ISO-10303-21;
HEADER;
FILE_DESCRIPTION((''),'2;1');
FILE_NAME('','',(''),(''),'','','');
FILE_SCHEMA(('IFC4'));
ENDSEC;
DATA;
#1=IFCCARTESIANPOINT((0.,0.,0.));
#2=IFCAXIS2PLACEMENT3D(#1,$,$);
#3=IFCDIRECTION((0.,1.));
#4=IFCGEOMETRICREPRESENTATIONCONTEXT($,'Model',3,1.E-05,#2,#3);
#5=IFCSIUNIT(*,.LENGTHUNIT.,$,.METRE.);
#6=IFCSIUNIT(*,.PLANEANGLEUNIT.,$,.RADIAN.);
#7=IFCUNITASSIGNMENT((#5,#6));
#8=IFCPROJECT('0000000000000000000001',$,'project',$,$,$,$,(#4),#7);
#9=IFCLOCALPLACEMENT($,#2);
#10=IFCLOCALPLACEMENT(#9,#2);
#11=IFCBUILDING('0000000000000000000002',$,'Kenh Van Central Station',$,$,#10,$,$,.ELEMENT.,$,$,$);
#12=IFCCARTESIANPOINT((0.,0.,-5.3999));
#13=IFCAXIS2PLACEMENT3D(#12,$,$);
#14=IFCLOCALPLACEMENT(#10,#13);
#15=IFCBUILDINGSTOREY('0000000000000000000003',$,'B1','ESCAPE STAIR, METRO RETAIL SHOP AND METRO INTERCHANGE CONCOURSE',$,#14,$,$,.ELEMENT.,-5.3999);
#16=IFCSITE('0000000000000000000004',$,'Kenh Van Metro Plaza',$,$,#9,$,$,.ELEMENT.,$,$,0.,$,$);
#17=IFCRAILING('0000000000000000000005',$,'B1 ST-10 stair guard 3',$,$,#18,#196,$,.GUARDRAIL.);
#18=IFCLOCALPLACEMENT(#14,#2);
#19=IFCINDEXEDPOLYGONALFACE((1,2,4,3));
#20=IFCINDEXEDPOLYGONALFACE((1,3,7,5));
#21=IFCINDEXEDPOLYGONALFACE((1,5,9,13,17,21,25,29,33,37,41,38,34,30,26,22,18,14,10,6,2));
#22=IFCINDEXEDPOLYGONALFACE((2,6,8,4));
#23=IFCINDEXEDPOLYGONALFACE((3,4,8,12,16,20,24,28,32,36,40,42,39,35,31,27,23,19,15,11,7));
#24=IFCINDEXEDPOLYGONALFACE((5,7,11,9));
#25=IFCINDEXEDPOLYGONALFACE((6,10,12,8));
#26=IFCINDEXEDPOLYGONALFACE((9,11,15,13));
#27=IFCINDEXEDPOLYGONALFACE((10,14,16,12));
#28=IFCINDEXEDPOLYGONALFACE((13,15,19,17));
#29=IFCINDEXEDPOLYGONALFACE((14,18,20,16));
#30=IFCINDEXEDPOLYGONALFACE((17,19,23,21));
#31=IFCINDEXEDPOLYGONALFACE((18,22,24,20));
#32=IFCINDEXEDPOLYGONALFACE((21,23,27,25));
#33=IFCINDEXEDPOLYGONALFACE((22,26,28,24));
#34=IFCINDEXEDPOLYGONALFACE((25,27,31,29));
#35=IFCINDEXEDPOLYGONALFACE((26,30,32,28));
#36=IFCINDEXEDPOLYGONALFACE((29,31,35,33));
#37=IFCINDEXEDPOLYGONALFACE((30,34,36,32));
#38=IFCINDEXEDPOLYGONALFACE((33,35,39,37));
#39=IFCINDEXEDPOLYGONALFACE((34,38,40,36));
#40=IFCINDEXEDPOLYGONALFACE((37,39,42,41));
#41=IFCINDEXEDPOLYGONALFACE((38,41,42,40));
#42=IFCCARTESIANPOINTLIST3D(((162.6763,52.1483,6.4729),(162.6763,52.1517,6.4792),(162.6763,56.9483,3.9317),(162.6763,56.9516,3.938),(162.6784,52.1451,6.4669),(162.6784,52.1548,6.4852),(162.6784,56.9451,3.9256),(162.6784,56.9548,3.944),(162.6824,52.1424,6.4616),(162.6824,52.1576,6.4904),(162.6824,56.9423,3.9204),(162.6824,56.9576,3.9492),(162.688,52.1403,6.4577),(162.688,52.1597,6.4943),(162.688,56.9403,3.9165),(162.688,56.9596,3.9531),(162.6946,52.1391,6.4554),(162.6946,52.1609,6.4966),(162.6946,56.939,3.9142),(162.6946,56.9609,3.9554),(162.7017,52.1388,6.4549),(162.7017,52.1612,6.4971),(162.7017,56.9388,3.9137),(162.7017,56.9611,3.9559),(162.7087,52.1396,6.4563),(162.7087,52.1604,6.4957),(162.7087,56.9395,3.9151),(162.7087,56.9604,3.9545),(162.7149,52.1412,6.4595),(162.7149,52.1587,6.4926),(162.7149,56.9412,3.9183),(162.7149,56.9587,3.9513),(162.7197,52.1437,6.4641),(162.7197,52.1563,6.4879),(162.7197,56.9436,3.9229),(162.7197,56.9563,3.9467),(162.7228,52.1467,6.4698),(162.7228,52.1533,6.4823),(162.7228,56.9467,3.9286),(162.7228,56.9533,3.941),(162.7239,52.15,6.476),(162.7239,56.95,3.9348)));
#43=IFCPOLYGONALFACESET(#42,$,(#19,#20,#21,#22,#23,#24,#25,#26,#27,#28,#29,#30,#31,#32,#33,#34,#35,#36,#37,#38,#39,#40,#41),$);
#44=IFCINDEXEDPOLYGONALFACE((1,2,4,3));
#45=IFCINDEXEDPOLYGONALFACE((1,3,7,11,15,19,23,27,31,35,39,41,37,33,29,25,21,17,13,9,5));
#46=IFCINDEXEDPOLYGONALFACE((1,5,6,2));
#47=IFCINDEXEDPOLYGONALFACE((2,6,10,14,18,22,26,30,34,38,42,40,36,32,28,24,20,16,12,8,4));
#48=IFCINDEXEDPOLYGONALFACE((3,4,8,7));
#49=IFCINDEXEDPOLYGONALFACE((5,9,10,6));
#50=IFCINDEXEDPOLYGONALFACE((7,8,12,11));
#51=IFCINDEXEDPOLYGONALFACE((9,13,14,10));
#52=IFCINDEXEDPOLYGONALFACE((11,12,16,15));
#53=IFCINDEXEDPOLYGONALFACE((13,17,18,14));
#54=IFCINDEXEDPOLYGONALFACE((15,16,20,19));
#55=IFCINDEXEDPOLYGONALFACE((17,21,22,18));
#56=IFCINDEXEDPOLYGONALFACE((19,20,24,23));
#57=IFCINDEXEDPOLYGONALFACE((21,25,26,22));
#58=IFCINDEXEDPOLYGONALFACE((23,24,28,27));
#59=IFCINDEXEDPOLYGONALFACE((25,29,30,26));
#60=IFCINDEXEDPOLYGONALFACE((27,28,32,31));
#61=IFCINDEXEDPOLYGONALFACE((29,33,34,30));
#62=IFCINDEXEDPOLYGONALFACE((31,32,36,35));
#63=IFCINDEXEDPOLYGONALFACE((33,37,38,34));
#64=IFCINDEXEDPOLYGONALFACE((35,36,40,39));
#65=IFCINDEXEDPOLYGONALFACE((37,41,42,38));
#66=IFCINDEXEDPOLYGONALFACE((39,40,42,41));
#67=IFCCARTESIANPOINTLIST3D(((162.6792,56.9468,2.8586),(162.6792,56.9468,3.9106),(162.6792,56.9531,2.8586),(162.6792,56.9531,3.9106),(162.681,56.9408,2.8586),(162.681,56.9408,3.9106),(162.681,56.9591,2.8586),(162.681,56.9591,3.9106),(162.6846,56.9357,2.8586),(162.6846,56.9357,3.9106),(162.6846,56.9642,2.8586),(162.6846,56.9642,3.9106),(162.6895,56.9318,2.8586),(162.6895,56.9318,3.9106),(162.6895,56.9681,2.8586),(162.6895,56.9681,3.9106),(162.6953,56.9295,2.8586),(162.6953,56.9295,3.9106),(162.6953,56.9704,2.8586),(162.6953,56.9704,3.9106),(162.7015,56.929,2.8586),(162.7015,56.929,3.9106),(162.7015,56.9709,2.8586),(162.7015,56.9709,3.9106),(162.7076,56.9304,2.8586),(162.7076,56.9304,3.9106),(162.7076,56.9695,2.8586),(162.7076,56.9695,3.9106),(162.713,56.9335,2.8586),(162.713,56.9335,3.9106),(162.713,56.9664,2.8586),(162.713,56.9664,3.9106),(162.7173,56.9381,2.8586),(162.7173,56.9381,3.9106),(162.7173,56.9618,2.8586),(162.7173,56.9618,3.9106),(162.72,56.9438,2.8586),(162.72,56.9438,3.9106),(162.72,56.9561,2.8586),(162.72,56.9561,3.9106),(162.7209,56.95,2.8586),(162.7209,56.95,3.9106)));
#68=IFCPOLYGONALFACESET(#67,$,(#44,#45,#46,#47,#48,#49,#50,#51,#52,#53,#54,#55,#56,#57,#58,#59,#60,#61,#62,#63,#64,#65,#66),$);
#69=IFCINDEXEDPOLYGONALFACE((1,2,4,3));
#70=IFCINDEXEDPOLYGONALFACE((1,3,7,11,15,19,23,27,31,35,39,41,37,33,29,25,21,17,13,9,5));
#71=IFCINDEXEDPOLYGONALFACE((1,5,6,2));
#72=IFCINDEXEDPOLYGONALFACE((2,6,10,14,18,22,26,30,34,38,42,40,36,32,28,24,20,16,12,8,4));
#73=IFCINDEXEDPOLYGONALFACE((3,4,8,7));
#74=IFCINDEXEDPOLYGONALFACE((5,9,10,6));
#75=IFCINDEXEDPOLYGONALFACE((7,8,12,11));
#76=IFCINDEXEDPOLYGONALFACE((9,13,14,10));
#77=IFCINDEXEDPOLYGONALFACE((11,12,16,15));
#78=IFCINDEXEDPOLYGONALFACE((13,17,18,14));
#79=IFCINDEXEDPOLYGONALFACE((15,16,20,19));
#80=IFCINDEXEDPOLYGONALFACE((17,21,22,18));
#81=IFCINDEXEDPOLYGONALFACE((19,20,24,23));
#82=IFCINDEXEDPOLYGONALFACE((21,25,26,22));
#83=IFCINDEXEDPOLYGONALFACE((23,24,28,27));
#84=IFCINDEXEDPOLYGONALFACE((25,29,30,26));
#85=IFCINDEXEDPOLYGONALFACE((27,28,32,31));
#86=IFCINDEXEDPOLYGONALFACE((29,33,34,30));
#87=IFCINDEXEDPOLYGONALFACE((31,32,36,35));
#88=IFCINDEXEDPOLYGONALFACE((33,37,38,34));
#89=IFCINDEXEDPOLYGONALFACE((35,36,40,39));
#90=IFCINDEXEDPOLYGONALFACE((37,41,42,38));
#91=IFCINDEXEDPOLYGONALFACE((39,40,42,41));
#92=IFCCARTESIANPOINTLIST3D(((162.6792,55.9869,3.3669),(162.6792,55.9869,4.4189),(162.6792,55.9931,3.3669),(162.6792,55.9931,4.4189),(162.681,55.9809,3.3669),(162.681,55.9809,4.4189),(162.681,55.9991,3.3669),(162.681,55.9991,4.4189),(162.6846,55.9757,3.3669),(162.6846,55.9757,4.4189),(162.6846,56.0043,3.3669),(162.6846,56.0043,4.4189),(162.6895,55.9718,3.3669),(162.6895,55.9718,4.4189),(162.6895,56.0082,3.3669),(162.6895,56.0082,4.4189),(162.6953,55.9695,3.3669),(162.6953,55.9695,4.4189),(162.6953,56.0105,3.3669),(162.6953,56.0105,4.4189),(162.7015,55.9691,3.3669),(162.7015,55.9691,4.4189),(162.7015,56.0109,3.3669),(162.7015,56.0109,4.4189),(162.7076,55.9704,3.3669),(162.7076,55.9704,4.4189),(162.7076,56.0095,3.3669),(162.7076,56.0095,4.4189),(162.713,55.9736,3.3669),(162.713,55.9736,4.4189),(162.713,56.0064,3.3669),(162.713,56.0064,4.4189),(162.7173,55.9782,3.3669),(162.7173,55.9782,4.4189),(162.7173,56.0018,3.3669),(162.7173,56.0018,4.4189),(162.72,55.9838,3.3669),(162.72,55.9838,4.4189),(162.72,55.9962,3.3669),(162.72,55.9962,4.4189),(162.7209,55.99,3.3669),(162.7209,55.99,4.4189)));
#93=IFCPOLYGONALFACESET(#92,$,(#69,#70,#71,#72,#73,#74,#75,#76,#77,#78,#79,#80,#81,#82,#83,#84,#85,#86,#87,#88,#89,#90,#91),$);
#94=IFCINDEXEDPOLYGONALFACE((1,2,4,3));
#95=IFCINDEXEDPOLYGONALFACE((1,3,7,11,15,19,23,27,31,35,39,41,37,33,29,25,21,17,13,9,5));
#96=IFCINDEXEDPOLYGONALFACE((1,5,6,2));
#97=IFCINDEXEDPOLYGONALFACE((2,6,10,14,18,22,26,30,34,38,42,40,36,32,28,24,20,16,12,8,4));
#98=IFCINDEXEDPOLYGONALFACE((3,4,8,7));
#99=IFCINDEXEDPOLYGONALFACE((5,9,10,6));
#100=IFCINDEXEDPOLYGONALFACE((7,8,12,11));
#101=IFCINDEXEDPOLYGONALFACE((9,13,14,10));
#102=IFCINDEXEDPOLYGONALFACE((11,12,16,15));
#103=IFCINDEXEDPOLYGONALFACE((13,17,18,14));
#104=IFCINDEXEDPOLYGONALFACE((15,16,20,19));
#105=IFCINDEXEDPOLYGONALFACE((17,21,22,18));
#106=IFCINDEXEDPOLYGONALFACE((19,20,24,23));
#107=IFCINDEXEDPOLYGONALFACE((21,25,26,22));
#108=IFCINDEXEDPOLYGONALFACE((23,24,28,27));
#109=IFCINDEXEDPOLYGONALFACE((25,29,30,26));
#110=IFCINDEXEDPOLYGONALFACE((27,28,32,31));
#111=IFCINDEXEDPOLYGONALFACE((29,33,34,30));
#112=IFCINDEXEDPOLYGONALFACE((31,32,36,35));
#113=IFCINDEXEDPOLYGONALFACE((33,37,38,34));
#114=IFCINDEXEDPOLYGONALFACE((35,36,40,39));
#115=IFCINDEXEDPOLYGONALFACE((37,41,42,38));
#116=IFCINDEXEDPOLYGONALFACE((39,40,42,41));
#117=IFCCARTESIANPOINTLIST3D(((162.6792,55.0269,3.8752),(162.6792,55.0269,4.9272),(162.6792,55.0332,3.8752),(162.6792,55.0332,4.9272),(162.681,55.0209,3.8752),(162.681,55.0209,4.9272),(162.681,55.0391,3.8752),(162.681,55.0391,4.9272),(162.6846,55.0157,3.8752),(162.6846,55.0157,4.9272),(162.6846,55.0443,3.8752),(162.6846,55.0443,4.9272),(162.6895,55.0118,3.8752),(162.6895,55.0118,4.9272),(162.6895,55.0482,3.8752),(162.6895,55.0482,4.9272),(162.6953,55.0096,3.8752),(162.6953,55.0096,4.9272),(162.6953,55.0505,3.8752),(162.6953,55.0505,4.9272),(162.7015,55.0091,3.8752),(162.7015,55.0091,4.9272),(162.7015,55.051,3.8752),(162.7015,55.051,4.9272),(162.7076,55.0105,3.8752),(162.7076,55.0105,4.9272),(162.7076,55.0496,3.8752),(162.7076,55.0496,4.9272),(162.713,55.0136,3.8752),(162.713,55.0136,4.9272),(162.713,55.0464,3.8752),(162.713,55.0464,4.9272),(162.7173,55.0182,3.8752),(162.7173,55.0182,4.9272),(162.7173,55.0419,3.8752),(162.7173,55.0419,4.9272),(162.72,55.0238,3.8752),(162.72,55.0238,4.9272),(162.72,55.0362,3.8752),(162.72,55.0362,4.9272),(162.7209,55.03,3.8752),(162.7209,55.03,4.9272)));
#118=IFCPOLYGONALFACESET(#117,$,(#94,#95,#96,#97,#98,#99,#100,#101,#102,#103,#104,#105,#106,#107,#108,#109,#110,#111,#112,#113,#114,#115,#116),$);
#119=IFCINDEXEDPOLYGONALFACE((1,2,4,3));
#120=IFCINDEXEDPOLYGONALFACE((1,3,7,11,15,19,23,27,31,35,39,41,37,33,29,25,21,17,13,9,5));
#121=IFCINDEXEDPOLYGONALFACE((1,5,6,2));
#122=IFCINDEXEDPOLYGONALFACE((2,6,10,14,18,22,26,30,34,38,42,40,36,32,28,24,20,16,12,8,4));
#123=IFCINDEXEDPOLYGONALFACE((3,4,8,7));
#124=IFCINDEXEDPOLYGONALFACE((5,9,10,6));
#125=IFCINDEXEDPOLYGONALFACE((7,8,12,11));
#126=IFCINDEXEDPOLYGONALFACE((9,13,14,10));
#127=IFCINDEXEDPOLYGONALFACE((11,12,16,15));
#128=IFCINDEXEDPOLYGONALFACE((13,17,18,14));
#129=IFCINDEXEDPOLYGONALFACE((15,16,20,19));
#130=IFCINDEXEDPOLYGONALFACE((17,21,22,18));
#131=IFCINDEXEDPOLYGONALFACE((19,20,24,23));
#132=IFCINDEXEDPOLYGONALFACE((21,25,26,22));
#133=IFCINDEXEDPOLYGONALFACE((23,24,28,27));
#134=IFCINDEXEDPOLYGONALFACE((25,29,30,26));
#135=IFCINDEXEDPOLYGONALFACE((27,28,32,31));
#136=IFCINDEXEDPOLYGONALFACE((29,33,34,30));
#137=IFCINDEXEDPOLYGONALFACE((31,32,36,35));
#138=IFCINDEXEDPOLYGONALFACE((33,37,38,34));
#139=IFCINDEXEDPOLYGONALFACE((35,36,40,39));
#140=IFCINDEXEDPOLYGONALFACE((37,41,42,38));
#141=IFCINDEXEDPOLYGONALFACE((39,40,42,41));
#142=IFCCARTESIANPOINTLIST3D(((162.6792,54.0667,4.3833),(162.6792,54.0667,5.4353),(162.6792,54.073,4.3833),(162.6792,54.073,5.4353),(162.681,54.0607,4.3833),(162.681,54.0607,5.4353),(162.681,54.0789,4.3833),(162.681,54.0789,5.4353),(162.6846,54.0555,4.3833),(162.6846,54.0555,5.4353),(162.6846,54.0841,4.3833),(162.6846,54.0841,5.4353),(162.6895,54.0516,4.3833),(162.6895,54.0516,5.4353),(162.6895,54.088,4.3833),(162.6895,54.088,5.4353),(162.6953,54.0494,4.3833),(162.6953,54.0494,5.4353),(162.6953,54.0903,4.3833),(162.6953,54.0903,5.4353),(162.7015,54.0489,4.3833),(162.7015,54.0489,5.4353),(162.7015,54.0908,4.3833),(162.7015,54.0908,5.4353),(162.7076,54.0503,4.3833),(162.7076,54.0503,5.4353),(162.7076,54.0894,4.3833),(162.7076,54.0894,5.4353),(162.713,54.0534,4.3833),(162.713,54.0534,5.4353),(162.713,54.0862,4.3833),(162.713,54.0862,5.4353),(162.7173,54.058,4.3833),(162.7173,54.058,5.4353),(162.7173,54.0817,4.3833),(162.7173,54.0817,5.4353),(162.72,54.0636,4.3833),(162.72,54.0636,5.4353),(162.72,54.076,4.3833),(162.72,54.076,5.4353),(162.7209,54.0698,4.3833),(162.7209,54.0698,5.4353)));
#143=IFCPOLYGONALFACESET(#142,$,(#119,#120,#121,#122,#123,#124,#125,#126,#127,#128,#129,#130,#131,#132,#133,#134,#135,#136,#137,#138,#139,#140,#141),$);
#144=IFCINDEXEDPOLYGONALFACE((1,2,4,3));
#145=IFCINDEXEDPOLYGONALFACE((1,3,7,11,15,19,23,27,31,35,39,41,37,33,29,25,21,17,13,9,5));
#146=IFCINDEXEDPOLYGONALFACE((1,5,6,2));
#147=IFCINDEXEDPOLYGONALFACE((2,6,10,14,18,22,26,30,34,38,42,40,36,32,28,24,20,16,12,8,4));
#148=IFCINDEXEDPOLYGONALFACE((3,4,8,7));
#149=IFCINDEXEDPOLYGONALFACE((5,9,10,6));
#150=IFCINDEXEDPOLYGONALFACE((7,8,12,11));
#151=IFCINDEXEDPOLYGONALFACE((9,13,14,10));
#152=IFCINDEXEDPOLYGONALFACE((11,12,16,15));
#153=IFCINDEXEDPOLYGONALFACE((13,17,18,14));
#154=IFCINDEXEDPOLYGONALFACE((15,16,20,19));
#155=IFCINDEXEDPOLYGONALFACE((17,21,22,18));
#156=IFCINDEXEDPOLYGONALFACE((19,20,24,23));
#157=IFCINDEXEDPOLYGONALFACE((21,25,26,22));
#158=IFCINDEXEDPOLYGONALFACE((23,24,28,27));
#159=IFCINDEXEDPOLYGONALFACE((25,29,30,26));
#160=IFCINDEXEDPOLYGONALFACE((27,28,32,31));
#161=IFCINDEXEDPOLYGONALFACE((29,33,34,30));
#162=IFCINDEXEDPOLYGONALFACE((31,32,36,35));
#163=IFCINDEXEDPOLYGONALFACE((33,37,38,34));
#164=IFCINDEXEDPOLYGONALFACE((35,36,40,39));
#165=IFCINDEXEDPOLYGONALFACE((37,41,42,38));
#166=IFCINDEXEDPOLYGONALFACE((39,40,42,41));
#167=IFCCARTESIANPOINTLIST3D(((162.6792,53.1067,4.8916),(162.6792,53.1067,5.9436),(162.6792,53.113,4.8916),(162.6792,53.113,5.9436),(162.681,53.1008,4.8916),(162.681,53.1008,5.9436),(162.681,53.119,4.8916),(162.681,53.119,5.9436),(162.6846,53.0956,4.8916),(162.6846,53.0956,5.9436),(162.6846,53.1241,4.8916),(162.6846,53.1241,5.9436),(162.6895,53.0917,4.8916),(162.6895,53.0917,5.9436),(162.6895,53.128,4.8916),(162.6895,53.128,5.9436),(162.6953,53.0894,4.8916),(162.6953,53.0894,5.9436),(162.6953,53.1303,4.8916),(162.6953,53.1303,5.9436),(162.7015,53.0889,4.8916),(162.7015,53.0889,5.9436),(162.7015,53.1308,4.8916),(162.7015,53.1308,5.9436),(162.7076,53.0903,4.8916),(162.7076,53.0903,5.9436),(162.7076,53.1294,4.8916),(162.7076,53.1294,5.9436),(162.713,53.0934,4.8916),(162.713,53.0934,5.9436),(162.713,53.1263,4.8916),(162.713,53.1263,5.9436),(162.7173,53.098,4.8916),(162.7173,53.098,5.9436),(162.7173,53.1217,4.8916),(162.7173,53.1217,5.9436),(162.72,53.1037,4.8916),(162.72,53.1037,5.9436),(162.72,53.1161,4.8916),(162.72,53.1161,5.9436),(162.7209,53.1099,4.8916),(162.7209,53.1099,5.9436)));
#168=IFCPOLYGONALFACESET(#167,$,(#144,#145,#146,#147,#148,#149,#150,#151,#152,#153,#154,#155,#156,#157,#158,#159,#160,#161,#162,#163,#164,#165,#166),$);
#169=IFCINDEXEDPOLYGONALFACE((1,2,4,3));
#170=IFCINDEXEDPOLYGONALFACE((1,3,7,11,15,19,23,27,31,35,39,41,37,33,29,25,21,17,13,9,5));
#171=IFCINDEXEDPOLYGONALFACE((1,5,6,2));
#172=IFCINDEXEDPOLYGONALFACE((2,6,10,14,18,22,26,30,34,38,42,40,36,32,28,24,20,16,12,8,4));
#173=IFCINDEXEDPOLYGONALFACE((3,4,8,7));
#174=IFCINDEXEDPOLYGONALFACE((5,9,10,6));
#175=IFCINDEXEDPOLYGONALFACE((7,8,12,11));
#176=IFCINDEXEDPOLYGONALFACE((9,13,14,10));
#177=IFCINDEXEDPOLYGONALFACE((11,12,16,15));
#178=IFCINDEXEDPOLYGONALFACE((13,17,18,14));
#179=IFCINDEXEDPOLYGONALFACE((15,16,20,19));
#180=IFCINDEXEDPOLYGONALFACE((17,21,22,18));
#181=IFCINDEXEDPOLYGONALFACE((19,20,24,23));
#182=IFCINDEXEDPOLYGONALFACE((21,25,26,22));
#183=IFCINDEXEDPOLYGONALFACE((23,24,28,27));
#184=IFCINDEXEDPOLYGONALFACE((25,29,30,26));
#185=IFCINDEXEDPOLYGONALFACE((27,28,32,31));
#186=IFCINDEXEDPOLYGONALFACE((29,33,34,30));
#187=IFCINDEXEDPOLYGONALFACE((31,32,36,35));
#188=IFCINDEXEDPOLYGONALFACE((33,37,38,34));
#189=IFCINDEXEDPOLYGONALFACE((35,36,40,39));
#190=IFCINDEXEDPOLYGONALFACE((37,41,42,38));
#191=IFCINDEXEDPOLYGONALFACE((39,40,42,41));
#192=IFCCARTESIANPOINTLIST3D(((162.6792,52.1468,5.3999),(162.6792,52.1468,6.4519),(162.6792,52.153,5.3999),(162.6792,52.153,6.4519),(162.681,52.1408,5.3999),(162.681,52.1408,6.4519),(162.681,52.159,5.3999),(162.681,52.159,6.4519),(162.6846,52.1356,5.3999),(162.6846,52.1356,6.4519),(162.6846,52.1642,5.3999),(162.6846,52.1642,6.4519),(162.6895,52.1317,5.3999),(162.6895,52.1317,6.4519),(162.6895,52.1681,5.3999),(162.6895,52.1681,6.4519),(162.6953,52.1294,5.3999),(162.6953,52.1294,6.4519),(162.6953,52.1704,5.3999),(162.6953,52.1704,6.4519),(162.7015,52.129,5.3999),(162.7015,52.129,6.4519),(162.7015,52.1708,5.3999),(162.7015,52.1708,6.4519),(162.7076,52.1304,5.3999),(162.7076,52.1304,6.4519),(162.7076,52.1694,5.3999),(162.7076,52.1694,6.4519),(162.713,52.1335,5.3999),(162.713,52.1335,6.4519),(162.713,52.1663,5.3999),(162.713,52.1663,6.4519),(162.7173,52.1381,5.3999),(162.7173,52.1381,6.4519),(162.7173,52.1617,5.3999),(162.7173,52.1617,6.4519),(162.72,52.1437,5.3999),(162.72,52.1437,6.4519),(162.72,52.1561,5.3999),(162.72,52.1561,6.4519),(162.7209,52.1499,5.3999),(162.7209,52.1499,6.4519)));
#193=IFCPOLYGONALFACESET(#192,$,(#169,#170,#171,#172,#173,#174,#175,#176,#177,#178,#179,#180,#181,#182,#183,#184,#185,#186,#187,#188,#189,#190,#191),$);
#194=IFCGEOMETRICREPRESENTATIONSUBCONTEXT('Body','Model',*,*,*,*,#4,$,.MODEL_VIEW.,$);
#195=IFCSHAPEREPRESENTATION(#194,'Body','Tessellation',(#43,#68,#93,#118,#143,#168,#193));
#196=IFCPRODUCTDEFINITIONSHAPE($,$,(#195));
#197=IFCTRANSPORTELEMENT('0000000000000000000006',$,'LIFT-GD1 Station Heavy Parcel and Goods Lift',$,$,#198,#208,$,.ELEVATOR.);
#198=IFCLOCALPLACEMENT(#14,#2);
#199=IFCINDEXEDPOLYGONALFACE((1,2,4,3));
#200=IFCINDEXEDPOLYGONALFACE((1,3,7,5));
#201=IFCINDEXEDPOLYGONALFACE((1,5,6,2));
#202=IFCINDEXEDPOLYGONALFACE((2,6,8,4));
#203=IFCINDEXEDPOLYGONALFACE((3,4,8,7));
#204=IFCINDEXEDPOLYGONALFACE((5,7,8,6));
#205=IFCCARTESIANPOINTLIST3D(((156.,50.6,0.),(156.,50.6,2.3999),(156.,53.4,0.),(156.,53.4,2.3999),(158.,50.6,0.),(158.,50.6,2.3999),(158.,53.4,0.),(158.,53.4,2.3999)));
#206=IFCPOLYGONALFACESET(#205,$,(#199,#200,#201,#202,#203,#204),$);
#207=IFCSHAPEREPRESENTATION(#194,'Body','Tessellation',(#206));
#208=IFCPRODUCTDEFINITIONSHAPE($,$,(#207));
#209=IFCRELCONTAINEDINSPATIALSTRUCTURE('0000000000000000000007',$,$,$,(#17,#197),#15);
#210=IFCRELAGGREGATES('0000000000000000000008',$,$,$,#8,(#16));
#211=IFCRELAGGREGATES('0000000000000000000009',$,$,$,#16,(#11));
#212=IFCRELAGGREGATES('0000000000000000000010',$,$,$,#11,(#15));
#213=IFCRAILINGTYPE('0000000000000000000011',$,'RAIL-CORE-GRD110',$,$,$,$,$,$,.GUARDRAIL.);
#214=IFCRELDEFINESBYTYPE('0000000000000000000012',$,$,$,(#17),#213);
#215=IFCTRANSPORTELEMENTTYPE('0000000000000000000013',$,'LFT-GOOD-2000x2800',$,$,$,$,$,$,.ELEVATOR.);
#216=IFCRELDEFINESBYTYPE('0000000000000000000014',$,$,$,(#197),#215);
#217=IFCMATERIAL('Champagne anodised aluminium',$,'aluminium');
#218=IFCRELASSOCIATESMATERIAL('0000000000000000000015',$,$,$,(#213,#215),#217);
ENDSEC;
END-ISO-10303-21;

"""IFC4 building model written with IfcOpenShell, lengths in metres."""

from ifc_helpers import new_model, si_unit, direction, frame, origin, origin_2d, place, context, subcontext, project, spatial, rectangle, circle, extrude, material, type_object, element, save


model = new_model("IFC4")

# Units and contexts
model_context = context("Model", 3, precision=1e-05, world=origin(), true_north=direction((0.0, 1.0)))
body_context = subcontext(model_context, "Body", "Model", "MODEL_VIEW")
ifc_project = project(units=[si_unit("LENGTHUNIT", "METRE"), si_unit("PLANEANGLEUNIT", "RADIAN")], contexts=[model_context])

# Site, building, storey
site_placement = place(None, origin())
site = spatial("IfcSite", under=ifc_project, at=site_placement, Name="Kenh Van Metro Plaza", CompositionType="ELEMENT", RefElevation=0.0)
building_placement = place(site_placement, origin())
building = spatial("IfcBuilding", under=site, at=building_placement, Name="Kenh Van Central Station", CompositionType="ELEMENT")
storey_placement = place(building_placement, frame((0.0, 0.0, -5.3999)))
storey = spatial("IfcBuildingStorey", under=building, at=storey_placement, Name="B1", Description="ESCAPE STAIR, METRO RETAIL SHOP AND METRO INTERCHANGE CONCOURSE", CompositionType="ELEMENT", Elevation=-5.3999)

# Shared definitions
ifc_material_1 = material(Name="Champagne anodised aluminium", Category="aluminium")

# Railing
railing_type_1 = type_object("IfcRailingType", Name="RAIL-CORE-GRD110", PredefinedType="GUARDRAIL", material=ifc_material_1)
railing_1_placement = place(storey_placement, frame((162.7, 56.95, 2.8586)))
element("IfcRailing", 1, at=railing_1_placement, inside=storey, type_object=railing_type_1, Name="B1 ST-10 stair guard 3", PredefinedType="GUARDRAIL", context=body_context, shape_type="SweptSolid", body=[
    extrude(circle(Radius=0.0239, at=origin_2d()), frame((0.0, 0.0, 1.0762), z_axis=(0.0, -0.883784, 0.467896), x_axis=(1.0, 0.0, 0.0)), (0.0, 0.0, 1.0), 5.4312),
    extrude(circle(Radius=0.021, at=origin_2d()), origin(), (0.0, 0.0, 1.0), 1.052),
    extrude(circle(Radius=0.021, at=origin_2d()), frame((0.0, -0.96, 0.5083)), (0.0, 0.0, 1.0), 1.052),
    extrude(circle(Radius=0.021, at=origin_2d()), frame((0.0, -1.9199, 1.0166)), (0.0, 0.0, 1.0), 1.052),
    extrude(circle(Radius=0.021, at=origin_2d()), frame((0.0, -2.8801, 1.5247)), (0.0, 0.0, 1.0), 1.052),
    extrude(circle(Radius=0.021, at=origin_2d()), frame((0.0, -3.8401, 2.033)), (0.0, 0.0, 1.0), 1.052),
    extrude(circle(Radius=0.021, at=origin_2d()), frame((0.0, -4.8, 2.5413)), (0.0, 0.0, 1.0), 1.052),
])

# Transport element
transport_element_type = type_object("IfcTransportElementType", Name="LFT-GOOD-2000x2800", PredefinedType="ELEVATOR", material=ifc_material_1)
transport_element_placement = place(storey_placement, frame((157.0, 52.0, 0.0), z_axis=(0.0, 0.0, 1.0), x_axis=(1.0, 0.0, 0.0)))
element("IfcTransportElement", 2, at=transport_element_placement, inside=storey, type_object=transport_element_type, Name="LIFT-GD1 Station Heavy Parcel and Goods Lift", PredefinedType="ELEVATOR", context=body_context, shape_type="SweptSolid", body=[
    extrude(rectangle(XDim=2.0, YDim=2.8, at=origin_2d()), origin(), (0.0, 0.0, 1.0), 2.3999),
])

save(model, "model.ifc")
